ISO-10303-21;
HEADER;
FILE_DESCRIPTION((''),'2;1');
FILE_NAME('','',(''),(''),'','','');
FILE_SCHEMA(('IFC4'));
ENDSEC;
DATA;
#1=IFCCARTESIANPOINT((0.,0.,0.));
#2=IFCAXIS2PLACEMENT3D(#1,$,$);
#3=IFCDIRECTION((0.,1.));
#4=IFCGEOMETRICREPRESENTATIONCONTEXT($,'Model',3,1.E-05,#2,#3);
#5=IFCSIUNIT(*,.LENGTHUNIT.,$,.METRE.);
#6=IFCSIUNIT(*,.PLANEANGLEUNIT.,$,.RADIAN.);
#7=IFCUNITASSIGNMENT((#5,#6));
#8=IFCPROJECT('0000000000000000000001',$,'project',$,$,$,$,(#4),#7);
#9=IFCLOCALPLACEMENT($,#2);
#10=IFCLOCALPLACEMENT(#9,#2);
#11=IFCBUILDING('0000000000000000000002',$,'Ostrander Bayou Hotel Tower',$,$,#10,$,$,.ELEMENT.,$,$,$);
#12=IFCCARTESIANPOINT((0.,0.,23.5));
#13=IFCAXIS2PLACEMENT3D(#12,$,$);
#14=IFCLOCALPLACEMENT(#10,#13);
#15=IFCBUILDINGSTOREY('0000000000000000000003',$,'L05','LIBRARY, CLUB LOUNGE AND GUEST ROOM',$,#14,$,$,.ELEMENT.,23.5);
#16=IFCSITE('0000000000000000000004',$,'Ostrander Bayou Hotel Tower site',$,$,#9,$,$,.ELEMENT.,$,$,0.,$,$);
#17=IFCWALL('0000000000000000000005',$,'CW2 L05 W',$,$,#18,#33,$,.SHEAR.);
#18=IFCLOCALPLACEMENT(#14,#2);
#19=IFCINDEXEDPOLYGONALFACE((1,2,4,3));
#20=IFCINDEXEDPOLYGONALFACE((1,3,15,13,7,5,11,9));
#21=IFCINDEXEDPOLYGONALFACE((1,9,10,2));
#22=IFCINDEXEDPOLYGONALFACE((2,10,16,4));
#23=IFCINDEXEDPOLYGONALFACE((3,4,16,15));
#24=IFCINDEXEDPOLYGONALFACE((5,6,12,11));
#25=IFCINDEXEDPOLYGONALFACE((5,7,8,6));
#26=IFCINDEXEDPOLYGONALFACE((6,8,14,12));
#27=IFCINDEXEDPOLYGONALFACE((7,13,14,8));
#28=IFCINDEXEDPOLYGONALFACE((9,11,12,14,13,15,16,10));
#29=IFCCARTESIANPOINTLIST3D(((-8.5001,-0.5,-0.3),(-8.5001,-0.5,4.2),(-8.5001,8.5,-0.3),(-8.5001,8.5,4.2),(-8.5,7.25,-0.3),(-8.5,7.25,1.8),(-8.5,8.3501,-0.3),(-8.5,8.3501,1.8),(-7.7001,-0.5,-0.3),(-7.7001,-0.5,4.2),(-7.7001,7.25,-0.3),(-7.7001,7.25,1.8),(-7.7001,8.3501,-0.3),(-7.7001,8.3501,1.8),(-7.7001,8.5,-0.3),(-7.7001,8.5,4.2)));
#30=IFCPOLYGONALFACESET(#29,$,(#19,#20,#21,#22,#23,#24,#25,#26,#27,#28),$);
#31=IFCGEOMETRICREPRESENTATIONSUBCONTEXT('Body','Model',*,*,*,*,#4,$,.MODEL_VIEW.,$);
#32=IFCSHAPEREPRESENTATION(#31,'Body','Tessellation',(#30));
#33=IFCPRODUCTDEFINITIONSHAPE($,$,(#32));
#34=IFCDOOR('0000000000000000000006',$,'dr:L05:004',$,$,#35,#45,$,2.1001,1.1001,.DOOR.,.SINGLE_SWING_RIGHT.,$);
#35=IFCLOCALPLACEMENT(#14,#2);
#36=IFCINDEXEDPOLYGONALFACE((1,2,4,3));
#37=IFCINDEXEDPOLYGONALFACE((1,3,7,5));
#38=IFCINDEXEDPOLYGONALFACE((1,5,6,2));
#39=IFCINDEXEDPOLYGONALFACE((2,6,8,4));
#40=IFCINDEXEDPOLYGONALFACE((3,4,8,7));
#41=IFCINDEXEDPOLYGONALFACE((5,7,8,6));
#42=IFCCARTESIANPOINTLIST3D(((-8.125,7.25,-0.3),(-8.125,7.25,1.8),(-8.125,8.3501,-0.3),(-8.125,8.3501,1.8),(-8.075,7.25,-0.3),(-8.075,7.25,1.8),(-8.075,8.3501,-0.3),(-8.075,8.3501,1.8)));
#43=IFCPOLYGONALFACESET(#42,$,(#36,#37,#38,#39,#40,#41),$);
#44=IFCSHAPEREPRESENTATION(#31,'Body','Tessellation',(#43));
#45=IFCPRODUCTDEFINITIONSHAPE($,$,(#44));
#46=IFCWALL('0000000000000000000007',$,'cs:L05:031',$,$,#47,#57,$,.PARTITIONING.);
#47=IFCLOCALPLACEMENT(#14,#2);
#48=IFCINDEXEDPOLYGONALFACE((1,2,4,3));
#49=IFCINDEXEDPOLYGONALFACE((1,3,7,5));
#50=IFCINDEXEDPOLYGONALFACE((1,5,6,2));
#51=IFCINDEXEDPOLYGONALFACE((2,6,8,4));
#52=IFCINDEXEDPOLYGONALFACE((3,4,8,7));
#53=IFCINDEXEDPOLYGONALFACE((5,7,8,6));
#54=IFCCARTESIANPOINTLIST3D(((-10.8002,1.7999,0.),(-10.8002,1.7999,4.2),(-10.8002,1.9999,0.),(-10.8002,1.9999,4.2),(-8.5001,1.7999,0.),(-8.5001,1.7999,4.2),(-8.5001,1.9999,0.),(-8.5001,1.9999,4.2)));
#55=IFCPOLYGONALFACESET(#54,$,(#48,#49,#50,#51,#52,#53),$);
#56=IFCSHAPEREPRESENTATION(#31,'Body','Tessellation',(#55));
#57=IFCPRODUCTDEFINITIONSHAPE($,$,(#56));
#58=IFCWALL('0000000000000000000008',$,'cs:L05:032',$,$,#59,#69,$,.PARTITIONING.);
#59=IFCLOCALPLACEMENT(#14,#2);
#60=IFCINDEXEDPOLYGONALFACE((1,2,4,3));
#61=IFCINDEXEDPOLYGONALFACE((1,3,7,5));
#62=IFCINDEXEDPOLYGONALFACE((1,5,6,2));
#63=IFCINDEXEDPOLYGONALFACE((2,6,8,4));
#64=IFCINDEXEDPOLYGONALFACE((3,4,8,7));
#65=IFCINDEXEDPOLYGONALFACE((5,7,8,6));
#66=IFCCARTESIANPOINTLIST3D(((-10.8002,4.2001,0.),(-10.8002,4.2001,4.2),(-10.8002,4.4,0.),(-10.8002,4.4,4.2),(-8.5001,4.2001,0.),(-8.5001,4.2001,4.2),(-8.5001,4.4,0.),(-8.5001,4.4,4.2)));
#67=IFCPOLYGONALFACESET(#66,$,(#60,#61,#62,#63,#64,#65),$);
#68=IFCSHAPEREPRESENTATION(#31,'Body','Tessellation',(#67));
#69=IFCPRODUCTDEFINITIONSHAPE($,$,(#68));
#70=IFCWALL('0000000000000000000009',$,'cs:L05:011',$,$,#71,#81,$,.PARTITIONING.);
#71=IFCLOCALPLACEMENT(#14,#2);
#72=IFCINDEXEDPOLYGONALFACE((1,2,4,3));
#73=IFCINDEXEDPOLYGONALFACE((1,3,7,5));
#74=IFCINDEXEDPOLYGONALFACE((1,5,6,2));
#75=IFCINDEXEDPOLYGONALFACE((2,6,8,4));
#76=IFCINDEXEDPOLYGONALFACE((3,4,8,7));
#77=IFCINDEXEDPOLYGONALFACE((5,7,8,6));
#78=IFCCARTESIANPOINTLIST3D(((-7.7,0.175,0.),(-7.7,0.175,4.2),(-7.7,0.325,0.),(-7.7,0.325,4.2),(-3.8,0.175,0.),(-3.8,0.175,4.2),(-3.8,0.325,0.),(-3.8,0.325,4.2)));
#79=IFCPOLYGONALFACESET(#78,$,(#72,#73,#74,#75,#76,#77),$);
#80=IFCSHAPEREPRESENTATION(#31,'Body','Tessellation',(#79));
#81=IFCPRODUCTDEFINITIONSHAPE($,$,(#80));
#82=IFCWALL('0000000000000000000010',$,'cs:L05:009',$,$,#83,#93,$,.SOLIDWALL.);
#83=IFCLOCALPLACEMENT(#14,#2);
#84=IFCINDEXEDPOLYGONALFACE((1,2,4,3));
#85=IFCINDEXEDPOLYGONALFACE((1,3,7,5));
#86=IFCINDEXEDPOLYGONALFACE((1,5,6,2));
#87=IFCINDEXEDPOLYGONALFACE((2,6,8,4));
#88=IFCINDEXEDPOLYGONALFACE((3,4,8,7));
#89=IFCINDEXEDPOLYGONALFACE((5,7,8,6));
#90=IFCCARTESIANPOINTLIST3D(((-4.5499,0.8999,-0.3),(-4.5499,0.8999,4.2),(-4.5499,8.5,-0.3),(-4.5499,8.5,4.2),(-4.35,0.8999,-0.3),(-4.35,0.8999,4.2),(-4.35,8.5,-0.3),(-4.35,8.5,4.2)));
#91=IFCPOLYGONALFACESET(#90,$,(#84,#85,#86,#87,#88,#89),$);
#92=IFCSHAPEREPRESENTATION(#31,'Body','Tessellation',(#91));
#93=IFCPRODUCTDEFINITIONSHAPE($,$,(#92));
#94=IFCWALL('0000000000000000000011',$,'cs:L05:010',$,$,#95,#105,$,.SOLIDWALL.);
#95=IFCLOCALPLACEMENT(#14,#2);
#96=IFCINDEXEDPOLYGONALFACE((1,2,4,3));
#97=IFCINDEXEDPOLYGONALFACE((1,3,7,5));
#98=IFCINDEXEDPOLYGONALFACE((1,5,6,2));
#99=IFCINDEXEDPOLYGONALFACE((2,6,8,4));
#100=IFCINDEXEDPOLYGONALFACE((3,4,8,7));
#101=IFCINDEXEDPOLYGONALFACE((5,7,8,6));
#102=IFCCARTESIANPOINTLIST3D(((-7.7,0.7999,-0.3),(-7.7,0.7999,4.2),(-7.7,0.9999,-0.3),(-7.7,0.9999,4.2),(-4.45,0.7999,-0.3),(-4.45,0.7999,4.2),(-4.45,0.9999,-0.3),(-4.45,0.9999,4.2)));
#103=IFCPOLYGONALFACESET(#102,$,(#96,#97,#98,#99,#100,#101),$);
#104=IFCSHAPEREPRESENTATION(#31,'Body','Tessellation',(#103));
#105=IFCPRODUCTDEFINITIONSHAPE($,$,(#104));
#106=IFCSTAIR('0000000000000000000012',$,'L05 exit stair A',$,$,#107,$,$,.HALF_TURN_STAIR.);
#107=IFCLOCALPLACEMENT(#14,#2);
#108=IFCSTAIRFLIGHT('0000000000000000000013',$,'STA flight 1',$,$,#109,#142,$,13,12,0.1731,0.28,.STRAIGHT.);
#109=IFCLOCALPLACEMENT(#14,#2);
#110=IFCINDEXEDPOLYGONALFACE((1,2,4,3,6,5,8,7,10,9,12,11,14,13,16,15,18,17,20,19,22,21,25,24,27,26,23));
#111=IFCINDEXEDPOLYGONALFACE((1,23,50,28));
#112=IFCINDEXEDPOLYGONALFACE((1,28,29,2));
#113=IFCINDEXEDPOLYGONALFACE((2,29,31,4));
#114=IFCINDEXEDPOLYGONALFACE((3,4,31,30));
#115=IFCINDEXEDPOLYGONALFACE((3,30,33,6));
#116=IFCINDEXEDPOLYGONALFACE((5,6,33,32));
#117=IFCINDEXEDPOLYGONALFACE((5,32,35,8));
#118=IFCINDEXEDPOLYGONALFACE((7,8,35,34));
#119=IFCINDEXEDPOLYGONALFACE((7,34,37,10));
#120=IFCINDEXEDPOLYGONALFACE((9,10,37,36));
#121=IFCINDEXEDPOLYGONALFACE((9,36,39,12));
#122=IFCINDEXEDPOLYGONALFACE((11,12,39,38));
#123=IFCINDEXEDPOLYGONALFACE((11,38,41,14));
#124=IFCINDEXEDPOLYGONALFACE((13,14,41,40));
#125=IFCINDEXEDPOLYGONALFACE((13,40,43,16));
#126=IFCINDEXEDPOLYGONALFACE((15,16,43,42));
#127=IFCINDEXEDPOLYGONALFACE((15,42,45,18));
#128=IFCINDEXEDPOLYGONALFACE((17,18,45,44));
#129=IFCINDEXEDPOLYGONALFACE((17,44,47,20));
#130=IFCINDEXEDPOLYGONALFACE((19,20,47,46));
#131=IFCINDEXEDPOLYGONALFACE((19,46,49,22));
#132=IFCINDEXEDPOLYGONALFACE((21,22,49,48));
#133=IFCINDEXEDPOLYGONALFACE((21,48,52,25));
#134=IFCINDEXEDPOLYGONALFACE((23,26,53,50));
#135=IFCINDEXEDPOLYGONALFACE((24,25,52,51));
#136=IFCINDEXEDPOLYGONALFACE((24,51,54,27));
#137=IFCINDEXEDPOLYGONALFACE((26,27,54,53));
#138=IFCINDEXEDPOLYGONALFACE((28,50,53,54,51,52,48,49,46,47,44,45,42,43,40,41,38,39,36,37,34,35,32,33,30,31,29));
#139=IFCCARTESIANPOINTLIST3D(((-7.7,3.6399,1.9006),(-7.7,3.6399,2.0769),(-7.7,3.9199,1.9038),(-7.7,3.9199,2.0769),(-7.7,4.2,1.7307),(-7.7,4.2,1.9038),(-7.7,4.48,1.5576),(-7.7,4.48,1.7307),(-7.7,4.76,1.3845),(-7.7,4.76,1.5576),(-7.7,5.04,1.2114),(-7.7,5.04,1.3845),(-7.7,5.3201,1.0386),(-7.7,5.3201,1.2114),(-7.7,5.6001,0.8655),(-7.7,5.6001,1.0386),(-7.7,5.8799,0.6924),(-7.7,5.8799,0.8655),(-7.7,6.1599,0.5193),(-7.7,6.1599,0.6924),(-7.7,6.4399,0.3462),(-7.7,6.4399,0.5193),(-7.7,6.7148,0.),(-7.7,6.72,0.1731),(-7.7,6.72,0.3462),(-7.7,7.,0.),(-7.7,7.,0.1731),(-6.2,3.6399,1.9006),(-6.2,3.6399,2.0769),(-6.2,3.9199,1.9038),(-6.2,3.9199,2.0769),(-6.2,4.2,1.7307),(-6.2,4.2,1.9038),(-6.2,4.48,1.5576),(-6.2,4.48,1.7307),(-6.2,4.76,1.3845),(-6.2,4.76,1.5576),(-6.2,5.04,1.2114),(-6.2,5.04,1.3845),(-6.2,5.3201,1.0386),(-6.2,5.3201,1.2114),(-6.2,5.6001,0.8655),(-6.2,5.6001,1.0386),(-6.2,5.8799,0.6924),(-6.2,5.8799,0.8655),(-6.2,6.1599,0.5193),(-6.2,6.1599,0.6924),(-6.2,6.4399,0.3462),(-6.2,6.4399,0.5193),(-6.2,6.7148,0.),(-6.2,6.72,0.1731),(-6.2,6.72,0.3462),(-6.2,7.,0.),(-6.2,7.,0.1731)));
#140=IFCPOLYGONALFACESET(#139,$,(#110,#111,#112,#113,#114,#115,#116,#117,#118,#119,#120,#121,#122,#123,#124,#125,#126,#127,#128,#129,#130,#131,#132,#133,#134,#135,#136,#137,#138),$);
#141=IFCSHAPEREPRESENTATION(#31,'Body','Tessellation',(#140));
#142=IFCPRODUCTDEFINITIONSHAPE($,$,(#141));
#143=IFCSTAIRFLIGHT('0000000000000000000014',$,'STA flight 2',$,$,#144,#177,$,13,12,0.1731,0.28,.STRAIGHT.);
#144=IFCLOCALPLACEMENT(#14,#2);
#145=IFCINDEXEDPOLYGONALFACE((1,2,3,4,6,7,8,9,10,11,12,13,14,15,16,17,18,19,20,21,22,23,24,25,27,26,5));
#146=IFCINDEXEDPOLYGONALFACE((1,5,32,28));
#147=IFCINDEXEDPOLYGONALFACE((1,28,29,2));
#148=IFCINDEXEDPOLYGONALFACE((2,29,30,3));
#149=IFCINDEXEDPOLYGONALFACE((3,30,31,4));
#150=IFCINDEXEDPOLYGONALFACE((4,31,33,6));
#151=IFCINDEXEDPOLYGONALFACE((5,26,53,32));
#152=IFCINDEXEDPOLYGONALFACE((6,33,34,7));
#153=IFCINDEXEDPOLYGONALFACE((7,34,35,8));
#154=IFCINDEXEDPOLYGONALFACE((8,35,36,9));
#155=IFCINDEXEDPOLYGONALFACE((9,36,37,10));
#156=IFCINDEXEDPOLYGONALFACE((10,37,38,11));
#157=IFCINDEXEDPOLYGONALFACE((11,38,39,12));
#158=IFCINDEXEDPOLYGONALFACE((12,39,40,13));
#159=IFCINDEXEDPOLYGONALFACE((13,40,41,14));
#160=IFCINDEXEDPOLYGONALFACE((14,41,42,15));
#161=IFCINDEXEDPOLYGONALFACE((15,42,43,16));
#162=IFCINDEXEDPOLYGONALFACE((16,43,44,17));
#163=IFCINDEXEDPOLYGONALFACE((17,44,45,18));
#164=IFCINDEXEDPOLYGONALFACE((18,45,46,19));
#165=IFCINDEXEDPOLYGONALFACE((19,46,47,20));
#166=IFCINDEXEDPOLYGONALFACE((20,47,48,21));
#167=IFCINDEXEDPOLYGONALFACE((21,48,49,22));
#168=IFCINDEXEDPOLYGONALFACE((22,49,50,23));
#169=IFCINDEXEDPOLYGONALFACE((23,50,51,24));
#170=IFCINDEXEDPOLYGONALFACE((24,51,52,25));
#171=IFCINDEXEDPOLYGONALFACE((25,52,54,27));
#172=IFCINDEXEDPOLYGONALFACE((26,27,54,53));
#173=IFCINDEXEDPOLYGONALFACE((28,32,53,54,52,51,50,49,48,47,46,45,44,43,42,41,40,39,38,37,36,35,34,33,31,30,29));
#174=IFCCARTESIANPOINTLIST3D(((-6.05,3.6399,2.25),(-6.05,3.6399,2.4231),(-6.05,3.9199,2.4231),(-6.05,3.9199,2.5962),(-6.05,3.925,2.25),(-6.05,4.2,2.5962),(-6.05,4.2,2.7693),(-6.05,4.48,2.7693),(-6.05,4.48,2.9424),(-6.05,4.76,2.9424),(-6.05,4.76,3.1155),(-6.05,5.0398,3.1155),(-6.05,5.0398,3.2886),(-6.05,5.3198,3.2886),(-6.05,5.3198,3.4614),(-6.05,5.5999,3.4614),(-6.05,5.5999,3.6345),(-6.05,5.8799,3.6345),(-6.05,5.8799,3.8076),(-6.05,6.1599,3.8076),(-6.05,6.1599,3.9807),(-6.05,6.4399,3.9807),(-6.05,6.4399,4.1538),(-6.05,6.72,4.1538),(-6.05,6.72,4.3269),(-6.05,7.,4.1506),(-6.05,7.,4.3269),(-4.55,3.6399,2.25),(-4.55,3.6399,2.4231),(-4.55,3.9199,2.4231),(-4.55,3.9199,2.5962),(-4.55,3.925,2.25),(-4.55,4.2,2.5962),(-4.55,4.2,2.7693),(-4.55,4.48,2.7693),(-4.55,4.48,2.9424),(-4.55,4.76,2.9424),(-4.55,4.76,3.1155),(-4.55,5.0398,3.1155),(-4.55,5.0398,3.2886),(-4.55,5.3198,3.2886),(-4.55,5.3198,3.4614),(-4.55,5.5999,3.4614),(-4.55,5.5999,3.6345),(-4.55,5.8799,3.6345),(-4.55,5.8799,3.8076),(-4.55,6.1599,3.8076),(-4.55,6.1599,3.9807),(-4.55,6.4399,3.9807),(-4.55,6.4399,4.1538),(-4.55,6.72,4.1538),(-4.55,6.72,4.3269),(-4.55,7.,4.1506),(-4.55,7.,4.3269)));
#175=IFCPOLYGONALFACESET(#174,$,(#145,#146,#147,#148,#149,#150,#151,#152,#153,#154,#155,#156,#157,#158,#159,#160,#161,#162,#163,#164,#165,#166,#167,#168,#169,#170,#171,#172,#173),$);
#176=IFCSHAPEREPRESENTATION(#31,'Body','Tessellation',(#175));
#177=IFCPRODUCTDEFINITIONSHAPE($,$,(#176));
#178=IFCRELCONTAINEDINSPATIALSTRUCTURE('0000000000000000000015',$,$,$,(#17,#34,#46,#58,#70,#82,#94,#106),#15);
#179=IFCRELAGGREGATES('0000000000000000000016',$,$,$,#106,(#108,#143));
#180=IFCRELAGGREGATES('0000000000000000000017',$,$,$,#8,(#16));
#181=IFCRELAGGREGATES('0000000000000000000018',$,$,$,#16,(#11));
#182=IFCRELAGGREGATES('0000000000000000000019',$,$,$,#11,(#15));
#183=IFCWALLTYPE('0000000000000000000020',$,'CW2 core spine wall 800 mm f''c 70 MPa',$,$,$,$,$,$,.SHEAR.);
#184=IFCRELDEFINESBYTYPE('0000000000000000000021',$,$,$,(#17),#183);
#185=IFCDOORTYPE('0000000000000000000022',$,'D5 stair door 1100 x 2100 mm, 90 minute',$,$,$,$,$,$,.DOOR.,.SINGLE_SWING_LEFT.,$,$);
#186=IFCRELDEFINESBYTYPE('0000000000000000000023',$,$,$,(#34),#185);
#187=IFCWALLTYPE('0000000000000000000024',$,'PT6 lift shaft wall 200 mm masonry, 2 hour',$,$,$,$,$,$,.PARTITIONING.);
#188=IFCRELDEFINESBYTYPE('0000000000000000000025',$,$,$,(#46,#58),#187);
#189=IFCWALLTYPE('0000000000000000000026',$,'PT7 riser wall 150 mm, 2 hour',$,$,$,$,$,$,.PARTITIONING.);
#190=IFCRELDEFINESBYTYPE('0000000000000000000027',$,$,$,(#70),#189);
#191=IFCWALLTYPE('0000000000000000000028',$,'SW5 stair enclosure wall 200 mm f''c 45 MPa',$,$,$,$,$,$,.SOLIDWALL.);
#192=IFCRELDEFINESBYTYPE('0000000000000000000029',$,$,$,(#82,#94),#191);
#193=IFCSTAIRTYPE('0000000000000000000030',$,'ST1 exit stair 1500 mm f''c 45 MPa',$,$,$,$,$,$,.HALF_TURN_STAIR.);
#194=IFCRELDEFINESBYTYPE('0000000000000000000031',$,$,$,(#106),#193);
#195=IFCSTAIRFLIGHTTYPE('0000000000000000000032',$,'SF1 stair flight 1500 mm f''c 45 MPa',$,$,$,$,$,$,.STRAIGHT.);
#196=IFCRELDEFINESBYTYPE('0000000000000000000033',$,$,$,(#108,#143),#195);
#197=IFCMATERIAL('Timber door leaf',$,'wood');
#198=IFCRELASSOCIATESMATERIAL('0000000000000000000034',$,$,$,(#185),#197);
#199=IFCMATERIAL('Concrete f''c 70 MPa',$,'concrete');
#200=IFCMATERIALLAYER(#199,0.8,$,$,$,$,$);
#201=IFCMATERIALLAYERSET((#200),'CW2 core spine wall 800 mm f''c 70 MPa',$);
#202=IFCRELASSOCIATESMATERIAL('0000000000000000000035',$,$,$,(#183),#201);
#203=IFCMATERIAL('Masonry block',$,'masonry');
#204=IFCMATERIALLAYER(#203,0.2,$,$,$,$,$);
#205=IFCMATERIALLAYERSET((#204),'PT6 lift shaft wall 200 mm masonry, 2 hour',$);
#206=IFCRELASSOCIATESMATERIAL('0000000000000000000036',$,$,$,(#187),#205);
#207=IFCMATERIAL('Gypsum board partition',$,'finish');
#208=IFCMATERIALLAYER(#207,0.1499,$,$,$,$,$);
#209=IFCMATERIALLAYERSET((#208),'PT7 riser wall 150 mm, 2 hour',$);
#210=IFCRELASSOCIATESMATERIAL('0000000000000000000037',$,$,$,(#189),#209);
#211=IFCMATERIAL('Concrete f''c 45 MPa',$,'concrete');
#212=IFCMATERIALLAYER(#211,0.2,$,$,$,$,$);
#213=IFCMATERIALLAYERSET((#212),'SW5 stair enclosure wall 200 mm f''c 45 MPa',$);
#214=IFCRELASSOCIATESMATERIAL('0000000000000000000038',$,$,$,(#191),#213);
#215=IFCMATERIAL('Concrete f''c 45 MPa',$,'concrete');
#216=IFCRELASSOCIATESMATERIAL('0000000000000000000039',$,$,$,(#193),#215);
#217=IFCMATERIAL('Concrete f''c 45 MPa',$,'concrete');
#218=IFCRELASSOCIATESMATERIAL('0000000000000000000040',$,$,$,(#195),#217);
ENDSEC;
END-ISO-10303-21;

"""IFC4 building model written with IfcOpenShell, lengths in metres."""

from ifc_helpers import new_model, si_unit, direction, frame, frame_2d, origin, place, context, subcontext, project, spatial, polyline, rectangle, outline, extrude, material, layer, layer_set, type_object, element, fill, aggregate, save


model = new_model("IFC4")

# Units and contexts
model_context = context("Model", 3, precision=1e-05, world=origin(), true_north=direction((0.0, 1.0)))
body_context = subcontext(model_context, "Body", "Model", "MODEL_VIEW")
ifc_project = project(units=[si_unit("LENGTHUNIT", "METRE"), si_unit("PLANEANGLEUNIT", "RADIAN")], contexts=[model_context])

# Site, building, storey
site_placement = place(None, origin())
site = spatial("IfcSite", under=ifc_project, at=site_placement, Name="Ostrander Bayou Hotel Tower site", CompositionType="ELEMENT", RefElevation=0.0)
building_placement = place(site_placement, origin())
building = spatial("IfcBuilding", under=site, at=building_placement, Name="Ostrander Bayou Hotel Tower", CompositionType="ELEMENT")
storey_placement = place(building_placement, frame((0.0, 0.0, 23.5)))
storey = spatial("IfcBuildingStorey", under=building, at=storey_placement, Name="L05", Description="LIBRARY, CLUB LOUNGE AND GUEST ROOM", CompositionType="ELEMENT", Elevation=23.5)

# Shared definitions
ifc_material_1 = material(Name="Timber door leaf", Category="wood")
door_type_1 = type_object("IfcDoorType", Name="D5 stair door 1100 x 2100 mm, 90 minute", OperationType="SINGLE_SWING_LEFT", PredefinedType="DOOR", material=ifc_material_1)

# Wall, opening, door
ifc_material_2 = material(Name="Concrete f'c 70 MPa", Category="concrete")
ifc_layer_1 = layer(ifc_material_2, 0.8)
ifc_layer_set_1 = layer_set([ifc_layer_1], Name="CW2 core spine wall 800 mm f'c 70 MPa")
wall_type_1 = type_object("IfcWallType", Name="CW2 core spine wall 800 mm f'c 70 MPa", PredefinedType="SHEAR", material=ifc_layer_set_1)
wall_1_placement = place(storey_placement, frame((-8.1001, -0.5, -0.3), z_axis=(0.0, 0.0, 1.0), x_axis=(0.0, 1.0, 0.0)))
wall_1 = element("IfcWall", 1, at=wall_1_placement, inside=storey, type_object=wall_type_1, Name="CW2 L05 W", PredefinedType="SHEAR", context=body_context, shape_type="SweptSolid", body=[
    extrude(rectangle(XDim=9.0, YDim=0.8, at=frame_2d((4.5, 0.0))), origin(), (0.0, 0.0, 1.0), 4.5),
])
opening_1_placement = place(wall_1_placement, frame((7.75, 0.0, 0.0)))
opening_1 = element("IfcOpeningElement", 2, at=opening_1_placement, cuts=wall_1, PredefinedType="OPENING", context=body_context, shape_type="SweptSolid", body=[
    extrude(rectangle(XDim=1.1001, YDim=2.1001, at=frame_2d((0.55, 1.05))), frame((0.0, 0.3999, 0.0), z_axis=(0.0, -1.0, 0.0), x_axis=(1.0, 0.0, 0.0)), (0.0, 0.0, 1.0), 0.8),
])
door_1_placement = place(opening_1_placement, origin())
door_1 = element("IfcDoor", 3, at=door_1_placement, inside=storey, type_object=door_type_1, Name="dr:L05:004", OperationType="SINGLE_SWING_RIGHT", OverallHeight=2.1001, OverallWidth=1.1001, PredefinedType="DOOR", context=body_context, shape_type="SweptSolid", body=[
    extrude(rectangle(XDim=1.1001, YDim=2.1001, at=frame_2d((0.55, 1.05))), frame((0.0, 0.0249, 0.0), z_axis=(0.0, -1.0, 0.0), x_axis=(1.0, 0.0, 0.0)), (0.0, 0.0, 1.0), 0.05),
])
fill(opening_1, door_1)

# Walls
ifc_material_3 = material(Name="Masonry block", Category="masonry")
ifc_layer_2 = layer(ifc_material_3, 0.2)
ifc_layer_set_2 = layer_set([ifc_layer_2], Name="PT6 lift shaft wall 200 mm masonry, 2 hour")
wall_type_2 = type_object("IfcWallType", Name="PT6 lift shaft wall 200 mm masonry, 2 hour", PredefinedType="PARTITIONING", material=ifc_layer_set_2)
for number, where, z_axis, x_axis, name in (
    (4, (-10.8, 1.8999, 0.0), (0.0, 0.0, 1.0), (1.0, 0.0, 0.0), "cs:L05:031"),
    (5, (-10.8, 4.3, 0.0), (0.0, 0.0, 1.0), (1.0, 0.0, 0.0), "cs:L05:032"),
):
    element("IfcWall", number, at=place(storey_placement, frame(where, z_axis=z_axis, x_axis=x_axis)), inside=storey, type_object=wall_type_2, Name=name, PredefinedType="PARTITIONING", context=body_context, shape_type="SweptSolid", body=[
        extrude(rectangle(XDim=2.3, YDim=0.2, at=frame_2d((1.1499, 0.0))), origin(), (0.0, 0.0, 1.0), 4.2),
    ])
ifc_material_4 = material(Name="Gypsum board partition", Category="finish")
ifc_layer_3 = layer(ifc_material_4, 0.1499)
ifc_layer_set_3 = layer_set([ifc_layer_3], Name="PT7 riser wall 150 mm, 2 hour")
wall_type_3 = type_object("IfcWallType", Name="PT7 riser wall 150 mm, 2 hour", PredefinedType="PARTITIONING", material=ifc_layer_set_3)
wall_2_placement = place(storey_placement, frame((-7.7, 0.25, 0.0), z_axis=(0.0, 0.0, 1.0), x_axis=(1.0, 0.0, 0.0)))
element("IfcWall", 6, at=wall_2_placement, inside=storey, type_object=wall_type_3, Name="cs:L05:011", PredefinedType="PARTITIONING", context=body_context, shape_type="SweptSolid", body=[
    extrude(rectangle(XDim=3.8999, YDim=0.1499, at=frame_2d((1.95, 0.0))), origin(), (0.0, 0.0, 1.0), 4.2),
])
ifc_material_5 = material(Name="Concrete f'c 45 MPa", Category="concrete")
ifc_layer_4 = layer(ifc_material_5, 0.2)
ifc_layer_set_4 = layer_set([ifc_layer_4], Name="SW5 stair enclosure wall 200 mm f'c 45 MPa")
wall_type_4 = type_object("IfcWallType", Name="SW5 stair enclosure wall 200 mm f'c 45 MPa", PredefinedType="SOLIDWALL", material=ifc_layer_set_4)
wall_3_placement = place(storey_placement, frame((-4.45, 0.8999, -0.3), z_axis=(0.0, 0.0, 1.0), x_axis=(0.0, 1.0, 0.0)))
element("IfcWall", 7, at=wall_3_placement, inside=storey, type_object=wall_type_4, Name="cs:L05:009", PredefinedType="SOLIDWALL", context=body_context, shape_type="SweptSolid", body=[
    extrude(rectangle(XDim=7.6001, YDim=0.2, at=frame_2d((3.8, 0.0))), origin(), (0.0, 0.0, 1.0), 4.5),
])
wall_4_placement = place(storey_placement, frame((-7.7, 0.8999, -0.3), z_axis=(0.0, 0.0, 1.0), x_axis=(1.0, 0.0, 0.0)))
element("IfcWall", 8, at=wall_4_placement, inside=storey, type_object=wall_type_4, Name="cs:L05:010", PredefinedType="SOLIDWALL", context=body_context, shape_type="SweptSolid", body=[
    extrude(rectangle(XDim=3.25, YDim=0.2, at=frame_2d((1.625, 0.0))), origin(), (0.0, 0.0, 1.0), 4.5),
])

# Stair, stair flights
ifc_material_6 = material(Name="Concrete f'c 45 MPa", Category="concrete")
stair_type = type_object("IfcStairType", Name="ST1 exit stair 1500 mm f'c 45 MPa", PredefinedType="HALF_TURN_STAIR", material=ifc_material_6)
stair_placement = place(storey_placement, origin())
stair = element("IfcStair", 9, at=stair_placement, inside=storey, type_object=stair_type, Name="L05 exit stair A", PredefinedType="HALF_TURN_STAIR")
ifc_material_7 = material(Name="Concrete f'c 45 MPa", Category="concrete")
stair_flight_type = type_object("IfcStairFlightType", Name="SF1 stair flight 1500 mm f'c 45 MPa", PredefinedType="STRAIGHT", material=ifc_material_7)
stair_flight_1_placement = place(storey_placement, frame((-6.95, 7.0, 0.0), z_axis=(0.0, 0.0, 1.0), x_axis=(0.0, -1.0, 0.0)))
stair_flight_1 = element("IfcStairFlight", 10, at=stair_flight_1_placement, type_object=stair_flight_type, Name="STA flight 1", NumberOfRisers=13, NumberOfTreads=12, PredefinedType="STRAIGHT", RiserHeight=0.1731, TreadLength=0.28, context=body_context, shape_type="SweptSolid", body=[
    extrude(outline(polyline([(0.0, 0.0), (0.0, 0.1731), (0.28, 0.1731), (0.28, 0.3462), (0.5601, 0.3462), (0.5601, 0.5193), (0.8401, 0.5193), (0.8401, 0.6924), (1.1201, 0.6924), (1.1201, 0.8655), (1.3999, 0.8655), (1.3999, 1.0386), (1.6799, 1.0386), (1.6799, 1.2114), (1.96, 1.2114), (1.96, 1.3845), (2.24, 1.3845), (2.24, 1.5576), (2.52, 1.5576), (2.52, 1.7307), (2.8, 1.7307), (2.8, 1.9038), (3.0801, 1.9038), (3.0801, 2.0769), (3.3601, 2.0769), (3.3601, 2.25), (3.3601, 1.9006), (0.2852, 0.0), (0.0, 0.0)])), frame((0.0, 0.75, 0.0), z_axis=(0.0, -1.0, 0.0), x_axis=(1.0, 0.0, 0.0)), (0.0, 0.0, 1.0), 1.5),
])
stair_flight_2_placement = place(storey_placement, frame((-5.3, 3.6399, 2.25), z_axis=(0.0, 0.0, 1.0), x_axis=(0.0, 1.0, 0.0)))
stair_flight_2 = element("IfcStairFlight", 11, at=stair_flight_2_placement, type_object=stair_flight_type, Name="STA flight 2", NumberOfRisers=13, NumberOfTreads=12, PredefinedType="STRAIGHT", RiserHeight=0.1731, TreadLength=0.28, context=body_context, shape_type="SweptSolid", body=[
    extrude(outline(polyline([(0.0, 0.0), (0.0, 0.1731), (0.28, 0.1731), (0.28, 0.3462), (0.5601, 0.3462), (0.5601, 0.5193), (0.8401, 0.5193), (0.8401, 0.6924), (1.1201, 0.6924), (1.1201, 0.8655), (1.3999, 0.8655), (1.3999, 1.0386), (1.6799, 1.0386), (1.6799, 1.2114), (1.96, 1.2114), (1.96, 1.3845), (2.24, 1.3845), (2.24, 1.5576), (2.52, 1.5576), (2.52, 1.7307), (2.8, 1.7307), (2.8, 1.9038), (3.0801, 1.9038), (3.0801, 2.0769), (3.3601, 2.0769), (3.3601, 2.25), (3.3601, 1.9006), (0.2852, 0.0), (0.0, 0.0)])), frame((0.0, 0.75, 0.0), z_axis=(0.0, -1.0, 0.0), x_axis=(1.0, 0.0, 0.0)), (0.0, 0.0, 1.0), 1.5),
])
aggregate(stair, [stair_flight_1, stair_flight_2])

save(model, "model.ifc")
